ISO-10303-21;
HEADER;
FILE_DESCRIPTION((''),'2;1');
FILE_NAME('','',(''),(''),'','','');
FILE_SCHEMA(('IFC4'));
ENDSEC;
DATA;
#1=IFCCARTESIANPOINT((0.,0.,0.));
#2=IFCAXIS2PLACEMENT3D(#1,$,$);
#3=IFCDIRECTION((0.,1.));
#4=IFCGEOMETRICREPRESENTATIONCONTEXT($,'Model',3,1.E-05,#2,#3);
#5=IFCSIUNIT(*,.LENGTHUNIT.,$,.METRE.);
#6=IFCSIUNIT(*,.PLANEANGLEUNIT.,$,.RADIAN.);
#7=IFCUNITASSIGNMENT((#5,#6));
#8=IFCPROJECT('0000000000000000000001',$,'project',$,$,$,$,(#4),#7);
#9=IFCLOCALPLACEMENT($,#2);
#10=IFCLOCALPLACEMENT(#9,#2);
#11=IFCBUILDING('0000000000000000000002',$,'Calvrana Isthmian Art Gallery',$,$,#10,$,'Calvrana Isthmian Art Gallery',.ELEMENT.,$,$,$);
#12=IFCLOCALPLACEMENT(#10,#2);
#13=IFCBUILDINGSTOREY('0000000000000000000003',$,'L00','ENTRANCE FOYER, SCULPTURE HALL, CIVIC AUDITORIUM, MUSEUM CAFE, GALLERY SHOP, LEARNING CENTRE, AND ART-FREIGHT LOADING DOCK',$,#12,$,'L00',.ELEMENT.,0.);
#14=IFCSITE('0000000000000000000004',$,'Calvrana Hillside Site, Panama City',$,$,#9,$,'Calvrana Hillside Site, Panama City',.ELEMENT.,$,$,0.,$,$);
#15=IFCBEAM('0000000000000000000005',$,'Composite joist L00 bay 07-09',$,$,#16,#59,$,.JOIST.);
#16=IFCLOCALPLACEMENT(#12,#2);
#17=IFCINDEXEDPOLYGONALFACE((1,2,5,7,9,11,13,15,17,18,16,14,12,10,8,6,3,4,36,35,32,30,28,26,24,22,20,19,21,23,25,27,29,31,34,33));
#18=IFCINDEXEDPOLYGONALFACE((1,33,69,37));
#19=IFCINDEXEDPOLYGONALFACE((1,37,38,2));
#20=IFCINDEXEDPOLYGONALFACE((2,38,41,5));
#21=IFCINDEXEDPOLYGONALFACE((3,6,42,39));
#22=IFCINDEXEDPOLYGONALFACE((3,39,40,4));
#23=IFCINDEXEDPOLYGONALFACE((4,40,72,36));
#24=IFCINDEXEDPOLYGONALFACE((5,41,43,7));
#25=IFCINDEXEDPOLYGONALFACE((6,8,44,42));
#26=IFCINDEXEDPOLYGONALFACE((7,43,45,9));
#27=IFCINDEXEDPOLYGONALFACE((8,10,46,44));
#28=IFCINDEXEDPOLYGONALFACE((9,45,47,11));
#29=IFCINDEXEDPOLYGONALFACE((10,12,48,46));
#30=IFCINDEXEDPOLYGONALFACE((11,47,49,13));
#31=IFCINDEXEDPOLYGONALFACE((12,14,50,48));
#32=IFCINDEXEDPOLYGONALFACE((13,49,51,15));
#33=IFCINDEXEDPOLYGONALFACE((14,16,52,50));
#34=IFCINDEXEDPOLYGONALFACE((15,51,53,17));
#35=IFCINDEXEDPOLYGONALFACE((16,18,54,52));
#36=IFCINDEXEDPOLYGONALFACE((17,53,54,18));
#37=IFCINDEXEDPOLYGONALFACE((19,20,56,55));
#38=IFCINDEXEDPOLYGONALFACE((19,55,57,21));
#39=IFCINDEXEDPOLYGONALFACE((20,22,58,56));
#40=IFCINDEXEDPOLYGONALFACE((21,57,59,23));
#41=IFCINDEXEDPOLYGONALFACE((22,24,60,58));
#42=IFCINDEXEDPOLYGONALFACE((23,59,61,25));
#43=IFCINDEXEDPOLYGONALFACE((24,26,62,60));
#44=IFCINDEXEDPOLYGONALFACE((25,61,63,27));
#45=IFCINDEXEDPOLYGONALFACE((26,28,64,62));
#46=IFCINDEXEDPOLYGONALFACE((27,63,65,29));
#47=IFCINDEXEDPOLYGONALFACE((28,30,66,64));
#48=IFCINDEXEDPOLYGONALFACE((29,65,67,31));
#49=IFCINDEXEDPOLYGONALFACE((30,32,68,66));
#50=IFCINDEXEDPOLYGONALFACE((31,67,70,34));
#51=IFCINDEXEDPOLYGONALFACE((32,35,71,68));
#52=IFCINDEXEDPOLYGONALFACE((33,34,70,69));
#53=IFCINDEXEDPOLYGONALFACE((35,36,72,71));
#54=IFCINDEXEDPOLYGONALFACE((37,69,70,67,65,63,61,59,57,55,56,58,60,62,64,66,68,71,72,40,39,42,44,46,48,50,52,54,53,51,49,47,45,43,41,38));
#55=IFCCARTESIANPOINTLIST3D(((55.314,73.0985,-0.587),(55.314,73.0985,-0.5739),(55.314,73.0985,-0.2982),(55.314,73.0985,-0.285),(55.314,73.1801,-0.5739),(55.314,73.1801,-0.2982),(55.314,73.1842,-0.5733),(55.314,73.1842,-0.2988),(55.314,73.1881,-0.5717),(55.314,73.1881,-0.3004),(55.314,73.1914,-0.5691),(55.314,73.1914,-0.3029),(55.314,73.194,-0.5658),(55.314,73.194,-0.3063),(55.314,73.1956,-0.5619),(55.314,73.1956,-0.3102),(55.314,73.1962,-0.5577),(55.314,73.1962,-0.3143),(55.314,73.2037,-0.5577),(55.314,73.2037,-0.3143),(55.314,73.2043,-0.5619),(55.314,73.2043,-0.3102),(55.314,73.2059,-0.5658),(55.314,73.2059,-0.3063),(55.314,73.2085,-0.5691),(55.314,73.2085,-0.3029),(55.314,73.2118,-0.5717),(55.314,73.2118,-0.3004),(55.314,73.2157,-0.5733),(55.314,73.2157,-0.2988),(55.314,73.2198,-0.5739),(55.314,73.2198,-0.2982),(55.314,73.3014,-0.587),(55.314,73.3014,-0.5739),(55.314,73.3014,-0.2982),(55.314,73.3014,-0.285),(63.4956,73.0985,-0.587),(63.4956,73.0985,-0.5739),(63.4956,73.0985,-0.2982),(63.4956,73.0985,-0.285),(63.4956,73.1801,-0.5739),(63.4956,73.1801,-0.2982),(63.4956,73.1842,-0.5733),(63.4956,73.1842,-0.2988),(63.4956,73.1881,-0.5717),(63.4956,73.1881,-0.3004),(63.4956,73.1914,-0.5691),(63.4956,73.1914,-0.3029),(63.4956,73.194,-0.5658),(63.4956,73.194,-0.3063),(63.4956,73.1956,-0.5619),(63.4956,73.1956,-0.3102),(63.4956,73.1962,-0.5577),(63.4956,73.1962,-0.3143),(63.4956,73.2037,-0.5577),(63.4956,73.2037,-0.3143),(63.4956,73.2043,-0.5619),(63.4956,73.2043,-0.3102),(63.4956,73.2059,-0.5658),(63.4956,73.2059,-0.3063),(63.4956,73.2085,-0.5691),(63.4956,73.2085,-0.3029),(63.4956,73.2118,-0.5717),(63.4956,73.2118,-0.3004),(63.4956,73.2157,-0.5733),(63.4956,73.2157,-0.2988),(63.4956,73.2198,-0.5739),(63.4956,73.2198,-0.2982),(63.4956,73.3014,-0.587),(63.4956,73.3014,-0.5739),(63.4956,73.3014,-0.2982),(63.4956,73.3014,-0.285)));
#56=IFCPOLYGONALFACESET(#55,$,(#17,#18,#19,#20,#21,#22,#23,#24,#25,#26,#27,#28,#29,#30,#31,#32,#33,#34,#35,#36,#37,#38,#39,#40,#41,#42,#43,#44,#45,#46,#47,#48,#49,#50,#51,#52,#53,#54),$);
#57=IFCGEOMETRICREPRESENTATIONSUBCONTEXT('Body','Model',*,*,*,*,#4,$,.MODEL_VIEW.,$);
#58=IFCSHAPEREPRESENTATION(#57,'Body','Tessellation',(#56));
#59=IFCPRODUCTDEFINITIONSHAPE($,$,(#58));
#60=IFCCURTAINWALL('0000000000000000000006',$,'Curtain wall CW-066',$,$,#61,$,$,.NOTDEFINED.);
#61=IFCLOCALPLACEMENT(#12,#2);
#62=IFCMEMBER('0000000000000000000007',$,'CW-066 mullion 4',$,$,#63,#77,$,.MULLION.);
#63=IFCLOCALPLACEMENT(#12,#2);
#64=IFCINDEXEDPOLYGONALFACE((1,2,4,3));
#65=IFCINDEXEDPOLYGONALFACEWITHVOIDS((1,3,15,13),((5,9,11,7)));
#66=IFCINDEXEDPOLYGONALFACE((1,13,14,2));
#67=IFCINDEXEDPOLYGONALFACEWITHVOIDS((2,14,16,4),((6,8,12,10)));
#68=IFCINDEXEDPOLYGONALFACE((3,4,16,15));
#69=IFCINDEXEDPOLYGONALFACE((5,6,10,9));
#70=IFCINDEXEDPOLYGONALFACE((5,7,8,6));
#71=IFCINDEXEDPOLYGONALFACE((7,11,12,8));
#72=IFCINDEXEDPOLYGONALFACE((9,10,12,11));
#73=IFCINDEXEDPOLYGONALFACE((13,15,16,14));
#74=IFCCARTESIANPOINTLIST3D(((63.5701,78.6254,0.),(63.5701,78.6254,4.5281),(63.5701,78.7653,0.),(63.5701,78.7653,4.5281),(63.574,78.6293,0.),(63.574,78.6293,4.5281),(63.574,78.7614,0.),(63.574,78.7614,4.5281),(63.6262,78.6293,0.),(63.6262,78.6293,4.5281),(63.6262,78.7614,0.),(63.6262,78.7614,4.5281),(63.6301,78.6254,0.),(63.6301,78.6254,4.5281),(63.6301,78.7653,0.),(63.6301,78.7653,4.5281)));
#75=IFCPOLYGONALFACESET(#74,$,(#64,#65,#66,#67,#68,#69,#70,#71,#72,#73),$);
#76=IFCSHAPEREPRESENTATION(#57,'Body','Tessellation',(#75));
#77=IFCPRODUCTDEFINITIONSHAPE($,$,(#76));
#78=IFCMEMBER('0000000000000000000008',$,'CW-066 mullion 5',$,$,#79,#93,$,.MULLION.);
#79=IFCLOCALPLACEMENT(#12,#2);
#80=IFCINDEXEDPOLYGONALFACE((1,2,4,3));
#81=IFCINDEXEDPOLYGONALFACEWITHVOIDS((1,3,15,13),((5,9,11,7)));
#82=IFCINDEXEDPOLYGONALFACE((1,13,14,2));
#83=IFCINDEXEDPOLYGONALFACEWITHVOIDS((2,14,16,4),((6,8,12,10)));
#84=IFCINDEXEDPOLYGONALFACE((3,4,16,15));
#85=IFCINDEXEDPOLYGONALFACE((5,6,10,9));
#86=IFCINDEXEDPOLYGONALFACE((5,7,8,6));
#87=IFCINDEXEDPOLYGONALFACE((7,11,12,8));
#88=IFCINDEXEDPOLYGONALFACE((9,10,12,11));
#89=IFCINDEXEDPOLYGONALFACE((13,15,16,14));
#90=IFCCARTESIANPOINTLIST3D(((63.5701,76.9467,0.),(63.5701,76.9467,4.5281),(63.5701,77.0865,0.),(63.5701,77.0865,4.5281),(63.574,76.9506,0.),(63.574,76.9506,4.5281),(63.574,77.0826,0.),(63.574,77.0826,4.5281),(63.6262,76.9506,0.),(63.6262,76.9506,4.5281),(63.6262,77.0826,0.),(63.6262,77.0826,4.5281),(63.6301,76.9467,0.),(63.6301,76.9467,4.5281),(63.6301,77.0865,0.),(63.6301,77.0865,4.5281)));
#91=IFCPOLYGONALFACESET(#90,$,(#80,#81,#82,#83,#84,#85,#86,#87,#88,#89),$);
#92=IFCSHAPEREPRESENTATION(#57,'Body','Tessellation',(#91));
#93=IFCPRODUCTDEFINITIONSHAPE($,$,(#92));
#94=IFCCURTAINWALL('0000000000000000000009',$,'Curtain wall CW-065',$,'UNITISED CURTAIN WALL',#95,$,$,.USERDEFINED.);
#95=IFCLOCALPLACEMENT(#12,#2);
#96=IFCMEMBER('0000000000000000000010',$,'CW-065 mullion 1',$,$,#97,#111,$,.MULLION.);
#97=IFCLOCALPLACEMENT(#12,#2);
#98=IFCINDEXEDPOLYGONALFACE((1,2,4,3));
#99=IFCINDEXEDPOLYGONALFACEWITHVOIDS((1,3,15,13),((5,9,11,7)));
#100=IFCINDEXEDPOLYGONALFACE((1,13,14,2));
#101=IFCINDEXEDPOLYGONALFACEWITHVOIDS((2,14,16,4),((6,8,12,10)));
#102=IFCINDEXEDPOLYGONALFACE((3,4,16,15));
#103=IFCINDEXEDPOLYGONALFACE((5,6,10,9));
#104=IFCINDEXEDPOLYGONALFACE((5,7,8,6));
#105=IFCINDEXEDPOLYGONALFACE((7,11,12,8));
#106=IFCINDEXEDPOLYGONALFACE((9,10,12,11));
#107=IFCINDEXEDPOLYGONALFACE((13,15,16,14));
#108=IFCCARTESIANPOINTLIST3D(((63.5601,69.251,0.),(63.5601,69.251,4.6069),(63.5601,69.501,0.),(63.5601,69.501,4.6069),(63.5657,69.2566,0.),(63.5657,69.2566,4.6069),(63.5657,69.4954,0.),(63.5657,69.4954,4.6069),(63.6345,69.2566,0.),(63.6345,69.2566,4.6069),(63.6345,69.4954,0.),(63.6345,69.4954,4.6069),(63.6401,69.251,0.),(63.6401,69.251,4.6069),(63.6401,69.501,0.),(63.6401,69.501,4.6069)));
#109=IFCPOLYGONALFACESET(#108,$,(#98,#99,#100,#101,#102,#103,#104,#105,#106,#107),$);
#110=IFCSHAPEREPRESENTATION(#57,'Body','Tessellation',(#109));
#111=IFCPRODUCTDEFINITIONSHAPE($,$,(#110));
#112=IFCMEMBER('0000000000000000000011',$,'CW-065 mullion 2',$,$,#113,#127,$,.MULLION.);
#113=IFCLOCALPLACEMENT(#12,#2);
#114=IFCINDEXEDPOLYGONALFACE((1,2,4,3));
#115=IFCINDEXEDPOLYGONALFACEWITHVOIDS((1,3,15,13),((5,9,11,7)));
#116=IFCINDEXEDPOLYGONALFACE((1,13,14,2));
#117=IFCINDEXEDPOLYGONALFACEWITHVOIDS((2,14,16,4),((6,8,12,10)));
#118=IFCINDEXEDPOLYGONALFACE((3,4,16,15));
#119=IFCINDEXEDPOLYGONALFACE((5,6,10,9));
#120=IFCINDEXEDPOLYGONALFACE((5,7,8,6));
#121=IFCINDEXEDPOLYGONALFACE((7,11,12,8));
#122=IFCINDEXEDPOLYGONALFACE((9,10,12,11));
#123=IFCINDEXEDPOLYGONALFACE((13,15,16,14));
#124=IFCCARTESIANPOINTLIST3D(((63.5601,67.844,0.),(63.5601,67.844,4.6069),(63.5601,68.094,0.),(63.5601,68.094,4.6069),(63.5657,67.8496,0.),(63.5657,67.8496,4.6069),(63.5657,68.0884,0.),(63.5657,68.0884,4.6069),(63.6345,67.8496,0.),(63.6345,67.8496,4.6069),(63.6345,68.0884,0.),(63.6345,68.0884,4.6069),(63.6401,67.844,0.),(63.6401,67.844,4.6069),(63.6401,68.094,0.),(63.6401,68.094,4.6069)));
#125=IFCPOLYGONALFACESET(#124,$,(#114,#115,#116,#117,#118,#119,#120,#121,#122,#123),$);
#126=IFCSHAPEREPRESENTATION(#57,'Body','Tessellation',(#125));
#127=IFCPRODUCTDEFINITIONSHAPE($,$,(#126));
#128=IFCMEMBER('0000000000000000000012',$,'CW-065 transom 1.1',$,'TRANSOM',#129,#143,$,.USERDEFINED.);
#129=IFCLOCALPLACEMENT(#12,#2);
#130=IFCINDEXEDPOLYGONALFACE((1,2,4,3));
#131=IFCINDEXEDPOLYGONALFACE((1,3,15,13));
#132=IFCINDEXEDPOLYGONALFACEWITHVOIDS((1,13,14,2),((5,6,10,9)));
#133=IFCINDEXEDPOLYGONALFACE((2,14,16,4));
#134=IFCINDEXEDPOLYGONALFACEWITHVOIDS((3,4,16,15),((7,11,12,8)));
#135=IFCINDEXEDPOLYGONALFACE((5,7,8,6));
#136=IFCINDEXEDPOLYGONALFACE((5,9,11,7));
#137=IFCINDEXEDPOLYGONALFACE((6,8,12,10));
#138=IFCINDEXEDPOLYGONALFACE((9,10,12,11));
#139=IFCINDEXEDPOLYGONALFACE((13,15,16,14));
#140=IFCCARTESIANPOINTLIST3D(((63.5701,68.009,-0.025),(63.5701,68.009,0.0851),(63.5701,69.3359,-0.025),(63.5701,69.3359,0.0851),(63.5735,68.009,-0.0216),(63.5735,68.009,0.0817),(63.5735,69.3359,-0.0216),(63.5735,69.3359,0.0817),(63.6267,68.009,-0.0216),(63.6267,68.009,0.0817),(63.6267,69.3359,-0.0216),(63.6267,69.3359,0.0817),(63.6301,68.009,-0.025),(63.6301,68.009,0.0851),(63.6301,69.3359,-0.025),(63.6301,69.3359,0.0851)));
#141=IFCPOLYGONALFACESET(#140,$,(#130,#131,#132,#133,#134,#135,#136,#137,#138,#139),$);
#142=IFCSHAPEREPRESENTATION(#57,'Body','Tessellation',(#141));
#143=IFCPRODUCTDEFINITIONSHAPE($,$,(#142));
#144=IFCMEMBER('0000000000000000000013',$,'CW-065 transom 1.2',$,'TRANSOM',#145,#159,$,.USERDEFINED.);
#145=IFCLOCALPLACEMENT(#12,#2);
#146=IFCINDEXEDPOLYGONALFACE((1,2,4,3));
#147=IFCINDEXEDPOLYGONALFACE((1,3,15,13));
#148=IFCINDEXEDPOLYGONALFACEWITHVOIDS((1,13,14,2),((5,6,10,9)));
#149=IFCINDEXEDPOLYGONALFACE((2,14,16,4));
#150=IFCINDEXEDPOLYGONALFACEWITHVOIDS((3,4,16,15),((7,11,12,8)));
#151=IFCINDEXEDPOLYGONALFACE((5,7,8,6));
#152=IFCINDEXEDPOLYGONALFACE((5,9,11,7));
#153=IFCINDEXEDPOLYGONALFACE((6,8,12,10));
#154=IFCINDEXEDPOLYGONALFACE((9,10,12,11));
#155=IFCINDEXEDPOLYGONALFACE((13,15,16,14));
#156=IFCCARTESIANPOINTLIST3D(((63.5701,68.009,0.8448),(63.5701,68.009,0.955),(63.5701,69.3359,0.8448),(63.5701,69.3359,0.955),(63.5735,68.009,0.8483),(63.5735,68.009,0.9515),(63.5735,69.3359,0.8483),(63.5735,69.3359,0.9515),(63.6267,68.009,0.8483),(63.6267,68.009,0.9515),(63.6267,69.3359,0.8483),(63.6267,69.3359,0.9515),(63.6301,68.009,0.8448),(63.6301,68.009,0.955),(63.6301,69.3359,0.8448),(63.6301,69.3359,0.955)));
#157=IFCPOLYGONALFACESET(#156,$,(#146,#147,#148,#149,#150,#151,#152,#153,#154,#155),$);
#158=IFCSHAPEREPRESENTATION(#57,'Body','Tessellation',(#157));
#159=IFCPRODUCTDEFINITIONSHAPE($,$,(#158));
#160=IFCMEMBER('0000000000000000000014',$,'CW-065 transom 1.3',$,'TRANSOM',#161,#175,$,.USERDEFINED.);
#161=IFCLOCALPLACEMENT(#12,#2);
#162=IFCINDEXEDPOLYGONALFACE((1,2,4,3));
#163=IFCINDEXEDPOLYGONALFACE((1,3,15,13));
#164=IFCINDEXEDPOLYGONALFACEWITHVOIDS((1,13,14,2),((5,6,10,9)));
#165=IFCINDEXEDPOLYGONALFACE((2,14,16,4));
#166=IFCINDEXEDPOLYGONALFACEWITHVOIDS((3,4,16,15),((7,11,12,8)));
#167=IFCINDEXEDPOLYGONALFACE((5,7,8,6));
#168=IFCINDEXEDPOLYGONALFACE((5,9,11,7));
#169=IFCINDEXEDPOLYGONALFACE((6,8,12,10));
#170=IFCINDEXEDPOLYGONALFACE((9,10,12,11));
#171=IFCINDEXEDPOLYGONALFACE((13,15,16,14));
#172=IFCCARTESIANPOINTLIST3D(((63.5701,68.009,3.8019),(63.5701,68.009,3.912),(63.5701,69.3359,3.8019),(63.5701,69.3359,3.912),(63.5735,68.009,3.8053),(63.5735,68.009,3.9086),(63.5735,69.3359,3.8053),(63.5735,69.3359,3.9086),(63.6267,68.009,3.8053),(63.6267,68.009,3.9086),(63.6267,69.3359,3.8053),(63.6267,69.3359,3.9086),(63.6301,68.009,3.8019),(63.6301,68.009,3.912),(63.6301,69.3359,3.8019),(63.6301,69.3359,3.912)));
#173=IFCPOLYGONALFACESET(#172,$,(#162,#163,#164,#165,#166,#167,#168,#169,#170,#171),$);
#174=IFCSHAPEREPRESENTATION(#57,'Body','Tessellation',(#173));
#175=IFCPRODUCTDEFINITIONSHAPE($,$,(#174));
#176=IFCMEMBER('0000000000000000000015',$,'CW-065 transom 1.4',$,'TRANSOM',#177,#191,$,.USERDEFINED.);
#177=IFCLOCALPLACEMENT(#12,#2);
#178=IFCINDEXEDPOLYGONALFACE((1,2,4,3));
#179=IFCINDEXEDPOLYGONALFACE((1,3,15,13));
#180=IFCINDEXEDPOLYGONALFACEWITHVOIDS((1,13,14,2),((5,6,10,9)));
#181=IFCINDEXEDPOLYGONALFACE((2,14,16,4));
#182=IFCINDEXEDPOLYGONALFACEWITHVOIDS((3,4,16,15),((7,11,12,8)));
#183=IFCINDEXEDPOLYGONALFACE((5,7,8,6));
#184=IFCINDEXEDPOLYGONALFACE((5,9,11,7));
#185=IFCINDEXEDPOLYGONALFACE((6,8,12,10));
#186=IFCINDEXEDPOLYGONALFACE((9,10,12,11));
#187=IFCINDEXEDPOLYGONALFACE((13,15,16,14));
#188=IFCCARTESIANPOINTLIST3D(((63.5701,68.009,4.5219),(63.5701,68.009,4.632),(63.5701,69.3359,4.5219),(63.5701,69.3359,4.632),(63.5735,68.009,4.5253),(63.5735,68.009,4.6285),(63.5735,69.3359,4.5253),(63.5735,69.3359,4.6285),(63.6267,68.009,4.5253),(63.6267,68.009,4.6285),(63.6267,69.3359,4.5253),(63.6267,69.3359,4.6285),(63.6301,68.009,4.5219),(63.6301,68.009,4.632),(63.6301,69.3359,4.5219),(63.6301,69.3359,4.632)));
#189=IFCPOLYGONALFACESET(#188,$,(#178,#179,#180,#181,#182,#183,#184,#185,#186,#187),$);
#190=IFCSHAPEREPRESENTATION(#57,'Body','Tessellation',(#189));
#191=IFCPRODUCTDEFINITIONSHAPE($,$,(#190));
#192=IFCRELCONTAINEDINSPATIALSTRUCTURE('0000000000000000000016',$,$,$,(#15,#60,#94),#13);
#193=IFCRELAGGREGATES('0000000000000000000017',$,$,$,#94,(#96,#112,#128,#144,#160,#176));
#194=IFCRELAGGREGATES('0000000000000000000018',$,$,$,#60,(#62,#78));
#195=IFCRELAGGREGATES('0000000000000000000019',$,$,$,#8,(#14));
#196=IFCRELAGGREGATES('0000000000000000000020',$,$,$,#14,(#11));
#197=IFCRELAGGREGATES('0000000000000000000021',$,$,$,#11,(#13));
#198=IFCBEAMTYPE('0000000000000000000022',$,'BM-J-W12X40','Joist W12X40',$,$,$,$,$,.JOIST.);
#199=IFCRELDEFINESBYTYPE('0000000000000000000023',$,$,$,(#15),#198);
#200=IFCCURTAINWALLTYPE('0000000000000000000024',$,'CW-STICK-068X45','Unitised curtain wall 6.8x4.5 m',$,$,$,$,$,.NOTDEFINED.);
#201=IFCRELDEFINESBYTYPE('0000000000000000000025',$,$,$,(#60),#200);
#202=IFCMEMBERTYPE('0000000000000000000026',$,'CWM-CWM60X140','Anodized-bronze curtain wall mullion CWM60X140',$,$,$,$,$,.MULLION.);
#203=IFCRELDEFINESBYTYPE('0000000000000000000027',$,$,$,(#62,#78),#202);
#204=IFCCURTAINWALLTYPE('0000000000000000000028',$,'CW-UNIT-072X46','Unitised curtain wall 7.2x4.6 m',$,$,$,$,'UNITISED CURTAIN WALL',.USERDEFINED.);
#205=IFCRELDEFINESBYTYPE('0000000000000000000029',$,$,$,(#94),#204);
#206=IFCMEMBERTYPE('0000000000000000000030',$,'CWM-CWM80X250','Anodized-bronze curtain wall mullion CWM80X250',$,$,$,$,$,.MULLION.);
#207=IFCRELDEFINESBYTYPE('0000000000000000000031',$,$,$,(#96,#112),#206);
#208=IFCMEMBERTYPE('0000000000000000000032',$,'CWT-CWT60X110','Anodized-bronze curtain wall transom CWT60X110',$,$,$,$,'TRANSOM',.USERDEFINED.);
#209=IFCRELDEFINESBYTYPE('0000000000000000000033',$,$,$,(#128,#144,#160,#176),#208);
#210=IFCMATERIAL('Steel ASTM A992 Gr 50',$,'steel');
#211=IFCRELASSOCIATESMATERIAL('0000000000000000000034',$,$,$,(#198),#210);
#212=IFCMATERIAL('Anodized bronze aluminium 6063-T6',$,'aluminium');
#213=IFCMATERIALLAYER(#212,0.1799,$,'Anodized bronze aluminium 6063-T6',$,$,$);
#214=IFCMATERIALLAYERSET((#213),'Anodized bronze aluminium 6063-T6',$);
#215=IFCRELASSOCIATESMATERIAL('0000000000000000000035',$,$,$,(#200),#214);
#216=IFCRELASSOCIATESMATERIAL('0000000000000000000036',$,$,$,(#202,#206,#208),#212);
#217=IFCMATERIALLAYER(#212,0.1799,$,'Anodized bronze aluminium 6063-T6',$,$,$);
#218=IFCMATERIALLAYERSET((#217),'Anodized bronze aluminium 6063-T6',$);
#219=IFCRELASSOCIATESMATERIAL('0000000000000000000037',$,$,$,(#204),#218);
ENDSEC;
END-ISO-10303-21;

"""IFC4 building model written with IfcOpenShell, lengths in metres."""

from ifc_helpers import new_model, si_unit, direction, frame, origin, origin_2d, place, context, subcontext, project, spatial, hollow_rectangle, i_section, extrude, material, layer, layer_set, material_profile, profile_set, type_object, element, aggregate, save


model = new_model("IFC4")

# Units and contexts
model_context = context("Model", 3, precision=1e-05, world=origin(), true_north=direction((0.0, 1.0)))
body_context = subcontext(model_context, "Body", "Model", "MODEL_VIEW")
ifc_project = project(units=[si_unit("LENGTHUNIT", "METRE"), si_unit("PLANEANGLEUNIT", "RADIAN")], contexts=[model_context])

# Site, building, storey
site_placement = place(None, origin())
site = spatial("IfcSite", under=ifc_project, at=site_placement, Name="Calvrana Hillside Site, Panama City", LongName="Calvrana Hillside Site, Panama City", CompositionType="ELEMENT", RefElevation=0.0)
building_placement = place(site_placement, origin())
building = spatial("IfcBuilding", under=site, at=building_placement, Name="Calvrana Isthmian Art Gallery", LongName="Calvrana Isthmian Art Gallery", CompositionType="ELEMENT")
storey_placement = place(building_placement, origin())
storey = spatial("IfcBuildingStorey", under=building, at=storey_placement, Name="L00", Description="ENTRANCE FOYER, SCULPTURE HALL, CIVIC AUDITORIUM, MUSEUM CAFE, GALLERY SHOP, LEARNING CENTRE, AND ART-FREIGHT LOADING DOCK", LongName="L00", CompositionType="ELEMENT", Elevation=0.0)

# Shared definitions
ifc_material_1 = material(Name="Steel ASTM A992 Gr 50", Category="steel")

# Beam
ifc_material_profile_1 = material_profile(ifc_material_1, i_section(OverallWidth=0.2029, OverallDepth=0.302, WebThickness=0.0076, FlangeThickness=0.0132, FilletRadius=0.0161, at=origin_2d()), Name="W12X40")
ifc_profile_set_1 = profile_set([ifc_material_profile_1], Name="Steel ASTM A992 Gr 50")
beam_type_1 = type_object("IfcBeamType", Name="BM-J-W12X40", Description="Joist W12X40", PredefinedType="JOIST", material=ifc_profile_set_1)
beam_1_placement = place(storey_placement, frame((55.314, 73.2, -0.436), z_axis=(1.0, 0.0, 0.0), x_axis=(0.0, 1.0, 0.0)))
element("IfcBeam", 1, at=beam_1_placement, inside=storey, type_object=beam_type_1, Name="Composite joist L00 bay 07-09", PredefinedType="JOIST", context=body_context, shape_type="SweptSolid", body=[
    extrude(i_section(OverallWidth=0.2029, OverallDepth=0.302, WebThickness=0.0076, FlangeThickness=0.0132, FilletRadius=0.0161, at=origin_2d()), origin(), (0.0, 0.0, 1.0), 8.1816),
])

# Curtain walls, members
ifc_material_2 = material(Name="Anodized bronze aluminium 6063-T6", Category="aluminium")
ifc_layer_1 = layer(ifc_material_2, 0.1799, Name="Anodized bronze aluminium 6063-T6")
ifc_layer_set_1 = layer_set([ifc_layer_1], Name="Anodized bronze aluminium 6063-T6")
curtain_wall_type_1 = type_object("IfcCurtainWallType", Name="CW-STICK-068X45", Description="Unitised curtain wall 6.8x4.5 m", PredefinedType="NOTDEFINED", material=ifc_layer_set_1)
curtain_wall_1_placement = place(storey_placement, origin())
curtain_wall_1 = element("IfcCurtainWall", 2, at=curtain_wall_1_placement, inside=storey, type_object=curtain_wall_type_1, Name="Curtain wall CW-066", PredefinedType="NOTDEFINED")
ifc_material_profile_2 = material_profile(ifc_material_2, hollow_rectangle(XDim=0.0601, YDim=0.1399, WallThickness=0.0039, at=origin_2d()), Name="CWM60X140")
ifc_profile_set_2 = profile_set([ifc_material_profile_2], Name="Anodized bronze aluminium 6063-T6")
member_type_1 = type_object("IfcMemberType", Name="CWM-CWM60X140", Description="Anodized-bronze curtain wall mullion CWM60X140", PredefinedType="MULLION", material=ifc_profile_set_2)
member_1_placement = place(storey_placement, frame((63.6001, 78.6953, 0.0), z_axis=(0.0, 0.0, 1.0), x_axis=(1.0, 0.0, 0.0)))
member_1 = element("IfcMember", 3, at=member_1_placement, type_object=member_type_1, Name="CW-066 mullion 4", PredefinedType="MULLION", context=body_context, shape_type="SweptSolid", body=[
    extrude(hollow_rectangle(XDim=0.0601, YDim=0.1399, WallThickness=0.0039, at=origin_2d()), origin(), (0.0, 0.0, 1.0), 4.5281),
])
member_2_placement = place(storey_placement, frame((63.6001, 77.0166, 0.0), z_axis=(0.0, 0.0, 1.0), x_axis=(1.0, 0.0, 0.0)))
member_2 = element("IfcMember", 4, at=member_2_placement, type_object=member_type_1, Name="CW-066 mullion 5", PredefinedType="MULLION", context=body_context, shape_type="SweptSolid", body=[
    extrude(hollow_rectangle(XDim=0.0601, YDim=0.1399, WallThickness=0.0039, at=origin_2d()), origin(), (0.0, 0.0, 1.0), 4.5281),
])
ifc_layer_2 = layer(ifc_material_2, 0.1799, Name="Anodized bronze aluminium 6063-T6")
ifc_layer_set_2 = layer_set([ifc_layer_2], Name="Anodized bronze aluminium 6063-T6")
curtain_wall_type_2 = type_object("IfcCurtainWallType", Name="CW-UNIT-072X46", Description="Unitised curtain wall 7.2x4.6 m", ElementType="UNITISED CURTAIN WALL", PredefinedType="USERDEFINED", material=ifc_layer_set_2)
curtain_wall_2_placement = place(storey_placement, origin())
curtain_wall_2 = element("IfcCurtainWall", 5, at=curtain_wall_2_placement, inside=storey, type_object=curtain_wall_type_2, Name="Curtain wall CW-065", ObjectType="UNITISED CURTAIN WALL", PredefinedType="USERDEFINED")
ifc_material_profile_3 = material_profile(ifc_material_2, hollow_rectangle(XDim=0.0801, YDim=0.25, WallThickness=0.0056, at=origin_2d()), Name="CWM80X250")
ifc_profile_set_3 = profile_set([ifc_material_profile_3], Name="Anodized bronze aluminium 6063-T6")
member_type_2 = type_object("IfcMemberType", Name="CWM-CWM80X250", Description="Anodized-bronze curtain wall mullion CWM80X250", PredefinedType="MULLION", material=ifc_profile_set_3)
member_3_placement = place(storey_placement, frame((63.6001, 69.376, 0.0), z_axis=(0.0, 0.0, 1.0), x_axis=(1.0, 0.0, 0.0)))
member_3 = element("IfcMember", 6, at=member_3_placement, type_object=member_type_2, Name="CW-065 mullion 1", PredefinedType="MULLION", context=body_context, shape_type="SweptSolid", body=[
    extrude(hollow_rectangle(XDim=0.0801, YDim=0.25, WallThickness=0.0056, at=origin_2d()), origin(), (0.0, 0.0, 1.0), 4.6069),
])
member_4_placement = place(storey_placement, frame((63.6001, 67.969, 0.0), z_axis=(0.0, 0.0, 1.0), x_axis=(1.0, 0.0, 0.0)))
member_4 = element("IfcMember", 7, at=member_4_placement, type_object=member_type_2, Name="CW-065 mullion 2", PredefinedType="MULLION", context=body_context, shape_type="SweptSolid", body=[
    extrude(hollow_rectangle(XDim=0.0801, YDim=0.25, WallThickness=0.0056, at=origin_2d()), origin(), (0.0, 0.0, 1.0), 4.6069),
])
ifc_material_profile_4 = material_profile(ifc_material_2, hollow_rectangle(XDim=0.0601, YDim=0.1101, WallThickness=0.0034, at=origin_2d()), Name="CWT60X110")
ifc_profile_set_4 = profile_set([ifc_material_profile_4], Name="Anodized bronze aluminium 6063-T6")
member_type_3 = type_object("IfcMemberType", Name="CWT-CWT60X110", Description="Anodized-bronze curtain wall transom CWT60X110", ElementType="TRANSOM", PredefinedType="USERDEFINED", material=ifc_profile_set_4)
member_5_placement = place(storey_placement, frame((63.6001, 69.3359, 0.03), z_axis=(0.0, -1.0, 0.0), x_axis=(1.0, 0.0, 0.0)))
member_5 = element("IfcMember", 8, at=member_5_placement, type_object=member_type_3, Name="CW-065 transom 1.1", ObjectType="TRANSOM", PredefinedType="USERDEFINED", context=body_context, shape_type="SweptSolid", body=[
    extrude(hollow_rectangle(XDim=0.0601, YDim=0.1101, WallThickness=0.0034, at=origin_2d()), origin(), (0.0, 0.0, 1.0), 1.3269),
])
member_6_placement = place(storey_placement, frame((63.6001, 69.3359, 0.8999), z_axis=(0.0, -1.0, 0.0), x_axis=(1.0, 0.0, 0.0)))
member_6 = element("IfcMember", 9, at=member_6_placement, type_object=member_type_3, Name="CW-065 transom 1.2", ObjectType="TRANSOM", PredefinedType="USERDEFINED", context=body_context, shape_type="SweptSolid", body=[
    extrude(hollow_rectangle(XDim=0.0601, YDim=0.1101, WallThickness=0.0034, at=origin_2d()), origin(), (0.0, 0.0, 1.0), 1.3269),
])
member_7_placement = place(storey_placement, frame((63.6001, 69.3359, 3.8569), z_axis=(0.0, -1.0, 0.0), x_axis=(1.0, 0.0, 0.0)))
member_7 = element("IfcMember", 10, at=member_7_placement, type_object=member_type_3, Name="CW-065 transom 1.3", ObjectType="TRANSOM", PredefinedType="USERDEFINED", context=body_context, shape_type="SweptSolid", body=[
    extrude(hollow_rectangle(XDim=0.0601, YDim=0.1101, WallThickness=0.0034, at=origin_2d()), origin(), (0.0, 0.0, 1.0), 1.3269),
])
member_8_placement = place(storey_placement, frame((63.6001, 69.3359, 4.5769), z_axis=(0.0, -1.0, 0.0), x_axis=(1.0, 0.0, 0.0)))
member_8 = element("IfcMember", 11, at=member_8_placement, type_object=member_type_3, Name="CW-065 transom 1.4", ObjectType="TRANSOM", PredefinedType="USERDEFINED", context=body_context, shape_type="SweptSolid", body=[
    extrude(hollow_rectangle(XDim=0.0601, YDim=0.1101, WallThickness=0.0034, at=origin_2d()), origin(), (0.0, 0.0, 1.0), 1.3269),
])

aggregate(curtain_wall_2, [member_3, member_4, member_5, member_6, member_7, member_8])
aggregate(curtain_wall_1, [member_1, member_2])

save(model, "model.ifc")
